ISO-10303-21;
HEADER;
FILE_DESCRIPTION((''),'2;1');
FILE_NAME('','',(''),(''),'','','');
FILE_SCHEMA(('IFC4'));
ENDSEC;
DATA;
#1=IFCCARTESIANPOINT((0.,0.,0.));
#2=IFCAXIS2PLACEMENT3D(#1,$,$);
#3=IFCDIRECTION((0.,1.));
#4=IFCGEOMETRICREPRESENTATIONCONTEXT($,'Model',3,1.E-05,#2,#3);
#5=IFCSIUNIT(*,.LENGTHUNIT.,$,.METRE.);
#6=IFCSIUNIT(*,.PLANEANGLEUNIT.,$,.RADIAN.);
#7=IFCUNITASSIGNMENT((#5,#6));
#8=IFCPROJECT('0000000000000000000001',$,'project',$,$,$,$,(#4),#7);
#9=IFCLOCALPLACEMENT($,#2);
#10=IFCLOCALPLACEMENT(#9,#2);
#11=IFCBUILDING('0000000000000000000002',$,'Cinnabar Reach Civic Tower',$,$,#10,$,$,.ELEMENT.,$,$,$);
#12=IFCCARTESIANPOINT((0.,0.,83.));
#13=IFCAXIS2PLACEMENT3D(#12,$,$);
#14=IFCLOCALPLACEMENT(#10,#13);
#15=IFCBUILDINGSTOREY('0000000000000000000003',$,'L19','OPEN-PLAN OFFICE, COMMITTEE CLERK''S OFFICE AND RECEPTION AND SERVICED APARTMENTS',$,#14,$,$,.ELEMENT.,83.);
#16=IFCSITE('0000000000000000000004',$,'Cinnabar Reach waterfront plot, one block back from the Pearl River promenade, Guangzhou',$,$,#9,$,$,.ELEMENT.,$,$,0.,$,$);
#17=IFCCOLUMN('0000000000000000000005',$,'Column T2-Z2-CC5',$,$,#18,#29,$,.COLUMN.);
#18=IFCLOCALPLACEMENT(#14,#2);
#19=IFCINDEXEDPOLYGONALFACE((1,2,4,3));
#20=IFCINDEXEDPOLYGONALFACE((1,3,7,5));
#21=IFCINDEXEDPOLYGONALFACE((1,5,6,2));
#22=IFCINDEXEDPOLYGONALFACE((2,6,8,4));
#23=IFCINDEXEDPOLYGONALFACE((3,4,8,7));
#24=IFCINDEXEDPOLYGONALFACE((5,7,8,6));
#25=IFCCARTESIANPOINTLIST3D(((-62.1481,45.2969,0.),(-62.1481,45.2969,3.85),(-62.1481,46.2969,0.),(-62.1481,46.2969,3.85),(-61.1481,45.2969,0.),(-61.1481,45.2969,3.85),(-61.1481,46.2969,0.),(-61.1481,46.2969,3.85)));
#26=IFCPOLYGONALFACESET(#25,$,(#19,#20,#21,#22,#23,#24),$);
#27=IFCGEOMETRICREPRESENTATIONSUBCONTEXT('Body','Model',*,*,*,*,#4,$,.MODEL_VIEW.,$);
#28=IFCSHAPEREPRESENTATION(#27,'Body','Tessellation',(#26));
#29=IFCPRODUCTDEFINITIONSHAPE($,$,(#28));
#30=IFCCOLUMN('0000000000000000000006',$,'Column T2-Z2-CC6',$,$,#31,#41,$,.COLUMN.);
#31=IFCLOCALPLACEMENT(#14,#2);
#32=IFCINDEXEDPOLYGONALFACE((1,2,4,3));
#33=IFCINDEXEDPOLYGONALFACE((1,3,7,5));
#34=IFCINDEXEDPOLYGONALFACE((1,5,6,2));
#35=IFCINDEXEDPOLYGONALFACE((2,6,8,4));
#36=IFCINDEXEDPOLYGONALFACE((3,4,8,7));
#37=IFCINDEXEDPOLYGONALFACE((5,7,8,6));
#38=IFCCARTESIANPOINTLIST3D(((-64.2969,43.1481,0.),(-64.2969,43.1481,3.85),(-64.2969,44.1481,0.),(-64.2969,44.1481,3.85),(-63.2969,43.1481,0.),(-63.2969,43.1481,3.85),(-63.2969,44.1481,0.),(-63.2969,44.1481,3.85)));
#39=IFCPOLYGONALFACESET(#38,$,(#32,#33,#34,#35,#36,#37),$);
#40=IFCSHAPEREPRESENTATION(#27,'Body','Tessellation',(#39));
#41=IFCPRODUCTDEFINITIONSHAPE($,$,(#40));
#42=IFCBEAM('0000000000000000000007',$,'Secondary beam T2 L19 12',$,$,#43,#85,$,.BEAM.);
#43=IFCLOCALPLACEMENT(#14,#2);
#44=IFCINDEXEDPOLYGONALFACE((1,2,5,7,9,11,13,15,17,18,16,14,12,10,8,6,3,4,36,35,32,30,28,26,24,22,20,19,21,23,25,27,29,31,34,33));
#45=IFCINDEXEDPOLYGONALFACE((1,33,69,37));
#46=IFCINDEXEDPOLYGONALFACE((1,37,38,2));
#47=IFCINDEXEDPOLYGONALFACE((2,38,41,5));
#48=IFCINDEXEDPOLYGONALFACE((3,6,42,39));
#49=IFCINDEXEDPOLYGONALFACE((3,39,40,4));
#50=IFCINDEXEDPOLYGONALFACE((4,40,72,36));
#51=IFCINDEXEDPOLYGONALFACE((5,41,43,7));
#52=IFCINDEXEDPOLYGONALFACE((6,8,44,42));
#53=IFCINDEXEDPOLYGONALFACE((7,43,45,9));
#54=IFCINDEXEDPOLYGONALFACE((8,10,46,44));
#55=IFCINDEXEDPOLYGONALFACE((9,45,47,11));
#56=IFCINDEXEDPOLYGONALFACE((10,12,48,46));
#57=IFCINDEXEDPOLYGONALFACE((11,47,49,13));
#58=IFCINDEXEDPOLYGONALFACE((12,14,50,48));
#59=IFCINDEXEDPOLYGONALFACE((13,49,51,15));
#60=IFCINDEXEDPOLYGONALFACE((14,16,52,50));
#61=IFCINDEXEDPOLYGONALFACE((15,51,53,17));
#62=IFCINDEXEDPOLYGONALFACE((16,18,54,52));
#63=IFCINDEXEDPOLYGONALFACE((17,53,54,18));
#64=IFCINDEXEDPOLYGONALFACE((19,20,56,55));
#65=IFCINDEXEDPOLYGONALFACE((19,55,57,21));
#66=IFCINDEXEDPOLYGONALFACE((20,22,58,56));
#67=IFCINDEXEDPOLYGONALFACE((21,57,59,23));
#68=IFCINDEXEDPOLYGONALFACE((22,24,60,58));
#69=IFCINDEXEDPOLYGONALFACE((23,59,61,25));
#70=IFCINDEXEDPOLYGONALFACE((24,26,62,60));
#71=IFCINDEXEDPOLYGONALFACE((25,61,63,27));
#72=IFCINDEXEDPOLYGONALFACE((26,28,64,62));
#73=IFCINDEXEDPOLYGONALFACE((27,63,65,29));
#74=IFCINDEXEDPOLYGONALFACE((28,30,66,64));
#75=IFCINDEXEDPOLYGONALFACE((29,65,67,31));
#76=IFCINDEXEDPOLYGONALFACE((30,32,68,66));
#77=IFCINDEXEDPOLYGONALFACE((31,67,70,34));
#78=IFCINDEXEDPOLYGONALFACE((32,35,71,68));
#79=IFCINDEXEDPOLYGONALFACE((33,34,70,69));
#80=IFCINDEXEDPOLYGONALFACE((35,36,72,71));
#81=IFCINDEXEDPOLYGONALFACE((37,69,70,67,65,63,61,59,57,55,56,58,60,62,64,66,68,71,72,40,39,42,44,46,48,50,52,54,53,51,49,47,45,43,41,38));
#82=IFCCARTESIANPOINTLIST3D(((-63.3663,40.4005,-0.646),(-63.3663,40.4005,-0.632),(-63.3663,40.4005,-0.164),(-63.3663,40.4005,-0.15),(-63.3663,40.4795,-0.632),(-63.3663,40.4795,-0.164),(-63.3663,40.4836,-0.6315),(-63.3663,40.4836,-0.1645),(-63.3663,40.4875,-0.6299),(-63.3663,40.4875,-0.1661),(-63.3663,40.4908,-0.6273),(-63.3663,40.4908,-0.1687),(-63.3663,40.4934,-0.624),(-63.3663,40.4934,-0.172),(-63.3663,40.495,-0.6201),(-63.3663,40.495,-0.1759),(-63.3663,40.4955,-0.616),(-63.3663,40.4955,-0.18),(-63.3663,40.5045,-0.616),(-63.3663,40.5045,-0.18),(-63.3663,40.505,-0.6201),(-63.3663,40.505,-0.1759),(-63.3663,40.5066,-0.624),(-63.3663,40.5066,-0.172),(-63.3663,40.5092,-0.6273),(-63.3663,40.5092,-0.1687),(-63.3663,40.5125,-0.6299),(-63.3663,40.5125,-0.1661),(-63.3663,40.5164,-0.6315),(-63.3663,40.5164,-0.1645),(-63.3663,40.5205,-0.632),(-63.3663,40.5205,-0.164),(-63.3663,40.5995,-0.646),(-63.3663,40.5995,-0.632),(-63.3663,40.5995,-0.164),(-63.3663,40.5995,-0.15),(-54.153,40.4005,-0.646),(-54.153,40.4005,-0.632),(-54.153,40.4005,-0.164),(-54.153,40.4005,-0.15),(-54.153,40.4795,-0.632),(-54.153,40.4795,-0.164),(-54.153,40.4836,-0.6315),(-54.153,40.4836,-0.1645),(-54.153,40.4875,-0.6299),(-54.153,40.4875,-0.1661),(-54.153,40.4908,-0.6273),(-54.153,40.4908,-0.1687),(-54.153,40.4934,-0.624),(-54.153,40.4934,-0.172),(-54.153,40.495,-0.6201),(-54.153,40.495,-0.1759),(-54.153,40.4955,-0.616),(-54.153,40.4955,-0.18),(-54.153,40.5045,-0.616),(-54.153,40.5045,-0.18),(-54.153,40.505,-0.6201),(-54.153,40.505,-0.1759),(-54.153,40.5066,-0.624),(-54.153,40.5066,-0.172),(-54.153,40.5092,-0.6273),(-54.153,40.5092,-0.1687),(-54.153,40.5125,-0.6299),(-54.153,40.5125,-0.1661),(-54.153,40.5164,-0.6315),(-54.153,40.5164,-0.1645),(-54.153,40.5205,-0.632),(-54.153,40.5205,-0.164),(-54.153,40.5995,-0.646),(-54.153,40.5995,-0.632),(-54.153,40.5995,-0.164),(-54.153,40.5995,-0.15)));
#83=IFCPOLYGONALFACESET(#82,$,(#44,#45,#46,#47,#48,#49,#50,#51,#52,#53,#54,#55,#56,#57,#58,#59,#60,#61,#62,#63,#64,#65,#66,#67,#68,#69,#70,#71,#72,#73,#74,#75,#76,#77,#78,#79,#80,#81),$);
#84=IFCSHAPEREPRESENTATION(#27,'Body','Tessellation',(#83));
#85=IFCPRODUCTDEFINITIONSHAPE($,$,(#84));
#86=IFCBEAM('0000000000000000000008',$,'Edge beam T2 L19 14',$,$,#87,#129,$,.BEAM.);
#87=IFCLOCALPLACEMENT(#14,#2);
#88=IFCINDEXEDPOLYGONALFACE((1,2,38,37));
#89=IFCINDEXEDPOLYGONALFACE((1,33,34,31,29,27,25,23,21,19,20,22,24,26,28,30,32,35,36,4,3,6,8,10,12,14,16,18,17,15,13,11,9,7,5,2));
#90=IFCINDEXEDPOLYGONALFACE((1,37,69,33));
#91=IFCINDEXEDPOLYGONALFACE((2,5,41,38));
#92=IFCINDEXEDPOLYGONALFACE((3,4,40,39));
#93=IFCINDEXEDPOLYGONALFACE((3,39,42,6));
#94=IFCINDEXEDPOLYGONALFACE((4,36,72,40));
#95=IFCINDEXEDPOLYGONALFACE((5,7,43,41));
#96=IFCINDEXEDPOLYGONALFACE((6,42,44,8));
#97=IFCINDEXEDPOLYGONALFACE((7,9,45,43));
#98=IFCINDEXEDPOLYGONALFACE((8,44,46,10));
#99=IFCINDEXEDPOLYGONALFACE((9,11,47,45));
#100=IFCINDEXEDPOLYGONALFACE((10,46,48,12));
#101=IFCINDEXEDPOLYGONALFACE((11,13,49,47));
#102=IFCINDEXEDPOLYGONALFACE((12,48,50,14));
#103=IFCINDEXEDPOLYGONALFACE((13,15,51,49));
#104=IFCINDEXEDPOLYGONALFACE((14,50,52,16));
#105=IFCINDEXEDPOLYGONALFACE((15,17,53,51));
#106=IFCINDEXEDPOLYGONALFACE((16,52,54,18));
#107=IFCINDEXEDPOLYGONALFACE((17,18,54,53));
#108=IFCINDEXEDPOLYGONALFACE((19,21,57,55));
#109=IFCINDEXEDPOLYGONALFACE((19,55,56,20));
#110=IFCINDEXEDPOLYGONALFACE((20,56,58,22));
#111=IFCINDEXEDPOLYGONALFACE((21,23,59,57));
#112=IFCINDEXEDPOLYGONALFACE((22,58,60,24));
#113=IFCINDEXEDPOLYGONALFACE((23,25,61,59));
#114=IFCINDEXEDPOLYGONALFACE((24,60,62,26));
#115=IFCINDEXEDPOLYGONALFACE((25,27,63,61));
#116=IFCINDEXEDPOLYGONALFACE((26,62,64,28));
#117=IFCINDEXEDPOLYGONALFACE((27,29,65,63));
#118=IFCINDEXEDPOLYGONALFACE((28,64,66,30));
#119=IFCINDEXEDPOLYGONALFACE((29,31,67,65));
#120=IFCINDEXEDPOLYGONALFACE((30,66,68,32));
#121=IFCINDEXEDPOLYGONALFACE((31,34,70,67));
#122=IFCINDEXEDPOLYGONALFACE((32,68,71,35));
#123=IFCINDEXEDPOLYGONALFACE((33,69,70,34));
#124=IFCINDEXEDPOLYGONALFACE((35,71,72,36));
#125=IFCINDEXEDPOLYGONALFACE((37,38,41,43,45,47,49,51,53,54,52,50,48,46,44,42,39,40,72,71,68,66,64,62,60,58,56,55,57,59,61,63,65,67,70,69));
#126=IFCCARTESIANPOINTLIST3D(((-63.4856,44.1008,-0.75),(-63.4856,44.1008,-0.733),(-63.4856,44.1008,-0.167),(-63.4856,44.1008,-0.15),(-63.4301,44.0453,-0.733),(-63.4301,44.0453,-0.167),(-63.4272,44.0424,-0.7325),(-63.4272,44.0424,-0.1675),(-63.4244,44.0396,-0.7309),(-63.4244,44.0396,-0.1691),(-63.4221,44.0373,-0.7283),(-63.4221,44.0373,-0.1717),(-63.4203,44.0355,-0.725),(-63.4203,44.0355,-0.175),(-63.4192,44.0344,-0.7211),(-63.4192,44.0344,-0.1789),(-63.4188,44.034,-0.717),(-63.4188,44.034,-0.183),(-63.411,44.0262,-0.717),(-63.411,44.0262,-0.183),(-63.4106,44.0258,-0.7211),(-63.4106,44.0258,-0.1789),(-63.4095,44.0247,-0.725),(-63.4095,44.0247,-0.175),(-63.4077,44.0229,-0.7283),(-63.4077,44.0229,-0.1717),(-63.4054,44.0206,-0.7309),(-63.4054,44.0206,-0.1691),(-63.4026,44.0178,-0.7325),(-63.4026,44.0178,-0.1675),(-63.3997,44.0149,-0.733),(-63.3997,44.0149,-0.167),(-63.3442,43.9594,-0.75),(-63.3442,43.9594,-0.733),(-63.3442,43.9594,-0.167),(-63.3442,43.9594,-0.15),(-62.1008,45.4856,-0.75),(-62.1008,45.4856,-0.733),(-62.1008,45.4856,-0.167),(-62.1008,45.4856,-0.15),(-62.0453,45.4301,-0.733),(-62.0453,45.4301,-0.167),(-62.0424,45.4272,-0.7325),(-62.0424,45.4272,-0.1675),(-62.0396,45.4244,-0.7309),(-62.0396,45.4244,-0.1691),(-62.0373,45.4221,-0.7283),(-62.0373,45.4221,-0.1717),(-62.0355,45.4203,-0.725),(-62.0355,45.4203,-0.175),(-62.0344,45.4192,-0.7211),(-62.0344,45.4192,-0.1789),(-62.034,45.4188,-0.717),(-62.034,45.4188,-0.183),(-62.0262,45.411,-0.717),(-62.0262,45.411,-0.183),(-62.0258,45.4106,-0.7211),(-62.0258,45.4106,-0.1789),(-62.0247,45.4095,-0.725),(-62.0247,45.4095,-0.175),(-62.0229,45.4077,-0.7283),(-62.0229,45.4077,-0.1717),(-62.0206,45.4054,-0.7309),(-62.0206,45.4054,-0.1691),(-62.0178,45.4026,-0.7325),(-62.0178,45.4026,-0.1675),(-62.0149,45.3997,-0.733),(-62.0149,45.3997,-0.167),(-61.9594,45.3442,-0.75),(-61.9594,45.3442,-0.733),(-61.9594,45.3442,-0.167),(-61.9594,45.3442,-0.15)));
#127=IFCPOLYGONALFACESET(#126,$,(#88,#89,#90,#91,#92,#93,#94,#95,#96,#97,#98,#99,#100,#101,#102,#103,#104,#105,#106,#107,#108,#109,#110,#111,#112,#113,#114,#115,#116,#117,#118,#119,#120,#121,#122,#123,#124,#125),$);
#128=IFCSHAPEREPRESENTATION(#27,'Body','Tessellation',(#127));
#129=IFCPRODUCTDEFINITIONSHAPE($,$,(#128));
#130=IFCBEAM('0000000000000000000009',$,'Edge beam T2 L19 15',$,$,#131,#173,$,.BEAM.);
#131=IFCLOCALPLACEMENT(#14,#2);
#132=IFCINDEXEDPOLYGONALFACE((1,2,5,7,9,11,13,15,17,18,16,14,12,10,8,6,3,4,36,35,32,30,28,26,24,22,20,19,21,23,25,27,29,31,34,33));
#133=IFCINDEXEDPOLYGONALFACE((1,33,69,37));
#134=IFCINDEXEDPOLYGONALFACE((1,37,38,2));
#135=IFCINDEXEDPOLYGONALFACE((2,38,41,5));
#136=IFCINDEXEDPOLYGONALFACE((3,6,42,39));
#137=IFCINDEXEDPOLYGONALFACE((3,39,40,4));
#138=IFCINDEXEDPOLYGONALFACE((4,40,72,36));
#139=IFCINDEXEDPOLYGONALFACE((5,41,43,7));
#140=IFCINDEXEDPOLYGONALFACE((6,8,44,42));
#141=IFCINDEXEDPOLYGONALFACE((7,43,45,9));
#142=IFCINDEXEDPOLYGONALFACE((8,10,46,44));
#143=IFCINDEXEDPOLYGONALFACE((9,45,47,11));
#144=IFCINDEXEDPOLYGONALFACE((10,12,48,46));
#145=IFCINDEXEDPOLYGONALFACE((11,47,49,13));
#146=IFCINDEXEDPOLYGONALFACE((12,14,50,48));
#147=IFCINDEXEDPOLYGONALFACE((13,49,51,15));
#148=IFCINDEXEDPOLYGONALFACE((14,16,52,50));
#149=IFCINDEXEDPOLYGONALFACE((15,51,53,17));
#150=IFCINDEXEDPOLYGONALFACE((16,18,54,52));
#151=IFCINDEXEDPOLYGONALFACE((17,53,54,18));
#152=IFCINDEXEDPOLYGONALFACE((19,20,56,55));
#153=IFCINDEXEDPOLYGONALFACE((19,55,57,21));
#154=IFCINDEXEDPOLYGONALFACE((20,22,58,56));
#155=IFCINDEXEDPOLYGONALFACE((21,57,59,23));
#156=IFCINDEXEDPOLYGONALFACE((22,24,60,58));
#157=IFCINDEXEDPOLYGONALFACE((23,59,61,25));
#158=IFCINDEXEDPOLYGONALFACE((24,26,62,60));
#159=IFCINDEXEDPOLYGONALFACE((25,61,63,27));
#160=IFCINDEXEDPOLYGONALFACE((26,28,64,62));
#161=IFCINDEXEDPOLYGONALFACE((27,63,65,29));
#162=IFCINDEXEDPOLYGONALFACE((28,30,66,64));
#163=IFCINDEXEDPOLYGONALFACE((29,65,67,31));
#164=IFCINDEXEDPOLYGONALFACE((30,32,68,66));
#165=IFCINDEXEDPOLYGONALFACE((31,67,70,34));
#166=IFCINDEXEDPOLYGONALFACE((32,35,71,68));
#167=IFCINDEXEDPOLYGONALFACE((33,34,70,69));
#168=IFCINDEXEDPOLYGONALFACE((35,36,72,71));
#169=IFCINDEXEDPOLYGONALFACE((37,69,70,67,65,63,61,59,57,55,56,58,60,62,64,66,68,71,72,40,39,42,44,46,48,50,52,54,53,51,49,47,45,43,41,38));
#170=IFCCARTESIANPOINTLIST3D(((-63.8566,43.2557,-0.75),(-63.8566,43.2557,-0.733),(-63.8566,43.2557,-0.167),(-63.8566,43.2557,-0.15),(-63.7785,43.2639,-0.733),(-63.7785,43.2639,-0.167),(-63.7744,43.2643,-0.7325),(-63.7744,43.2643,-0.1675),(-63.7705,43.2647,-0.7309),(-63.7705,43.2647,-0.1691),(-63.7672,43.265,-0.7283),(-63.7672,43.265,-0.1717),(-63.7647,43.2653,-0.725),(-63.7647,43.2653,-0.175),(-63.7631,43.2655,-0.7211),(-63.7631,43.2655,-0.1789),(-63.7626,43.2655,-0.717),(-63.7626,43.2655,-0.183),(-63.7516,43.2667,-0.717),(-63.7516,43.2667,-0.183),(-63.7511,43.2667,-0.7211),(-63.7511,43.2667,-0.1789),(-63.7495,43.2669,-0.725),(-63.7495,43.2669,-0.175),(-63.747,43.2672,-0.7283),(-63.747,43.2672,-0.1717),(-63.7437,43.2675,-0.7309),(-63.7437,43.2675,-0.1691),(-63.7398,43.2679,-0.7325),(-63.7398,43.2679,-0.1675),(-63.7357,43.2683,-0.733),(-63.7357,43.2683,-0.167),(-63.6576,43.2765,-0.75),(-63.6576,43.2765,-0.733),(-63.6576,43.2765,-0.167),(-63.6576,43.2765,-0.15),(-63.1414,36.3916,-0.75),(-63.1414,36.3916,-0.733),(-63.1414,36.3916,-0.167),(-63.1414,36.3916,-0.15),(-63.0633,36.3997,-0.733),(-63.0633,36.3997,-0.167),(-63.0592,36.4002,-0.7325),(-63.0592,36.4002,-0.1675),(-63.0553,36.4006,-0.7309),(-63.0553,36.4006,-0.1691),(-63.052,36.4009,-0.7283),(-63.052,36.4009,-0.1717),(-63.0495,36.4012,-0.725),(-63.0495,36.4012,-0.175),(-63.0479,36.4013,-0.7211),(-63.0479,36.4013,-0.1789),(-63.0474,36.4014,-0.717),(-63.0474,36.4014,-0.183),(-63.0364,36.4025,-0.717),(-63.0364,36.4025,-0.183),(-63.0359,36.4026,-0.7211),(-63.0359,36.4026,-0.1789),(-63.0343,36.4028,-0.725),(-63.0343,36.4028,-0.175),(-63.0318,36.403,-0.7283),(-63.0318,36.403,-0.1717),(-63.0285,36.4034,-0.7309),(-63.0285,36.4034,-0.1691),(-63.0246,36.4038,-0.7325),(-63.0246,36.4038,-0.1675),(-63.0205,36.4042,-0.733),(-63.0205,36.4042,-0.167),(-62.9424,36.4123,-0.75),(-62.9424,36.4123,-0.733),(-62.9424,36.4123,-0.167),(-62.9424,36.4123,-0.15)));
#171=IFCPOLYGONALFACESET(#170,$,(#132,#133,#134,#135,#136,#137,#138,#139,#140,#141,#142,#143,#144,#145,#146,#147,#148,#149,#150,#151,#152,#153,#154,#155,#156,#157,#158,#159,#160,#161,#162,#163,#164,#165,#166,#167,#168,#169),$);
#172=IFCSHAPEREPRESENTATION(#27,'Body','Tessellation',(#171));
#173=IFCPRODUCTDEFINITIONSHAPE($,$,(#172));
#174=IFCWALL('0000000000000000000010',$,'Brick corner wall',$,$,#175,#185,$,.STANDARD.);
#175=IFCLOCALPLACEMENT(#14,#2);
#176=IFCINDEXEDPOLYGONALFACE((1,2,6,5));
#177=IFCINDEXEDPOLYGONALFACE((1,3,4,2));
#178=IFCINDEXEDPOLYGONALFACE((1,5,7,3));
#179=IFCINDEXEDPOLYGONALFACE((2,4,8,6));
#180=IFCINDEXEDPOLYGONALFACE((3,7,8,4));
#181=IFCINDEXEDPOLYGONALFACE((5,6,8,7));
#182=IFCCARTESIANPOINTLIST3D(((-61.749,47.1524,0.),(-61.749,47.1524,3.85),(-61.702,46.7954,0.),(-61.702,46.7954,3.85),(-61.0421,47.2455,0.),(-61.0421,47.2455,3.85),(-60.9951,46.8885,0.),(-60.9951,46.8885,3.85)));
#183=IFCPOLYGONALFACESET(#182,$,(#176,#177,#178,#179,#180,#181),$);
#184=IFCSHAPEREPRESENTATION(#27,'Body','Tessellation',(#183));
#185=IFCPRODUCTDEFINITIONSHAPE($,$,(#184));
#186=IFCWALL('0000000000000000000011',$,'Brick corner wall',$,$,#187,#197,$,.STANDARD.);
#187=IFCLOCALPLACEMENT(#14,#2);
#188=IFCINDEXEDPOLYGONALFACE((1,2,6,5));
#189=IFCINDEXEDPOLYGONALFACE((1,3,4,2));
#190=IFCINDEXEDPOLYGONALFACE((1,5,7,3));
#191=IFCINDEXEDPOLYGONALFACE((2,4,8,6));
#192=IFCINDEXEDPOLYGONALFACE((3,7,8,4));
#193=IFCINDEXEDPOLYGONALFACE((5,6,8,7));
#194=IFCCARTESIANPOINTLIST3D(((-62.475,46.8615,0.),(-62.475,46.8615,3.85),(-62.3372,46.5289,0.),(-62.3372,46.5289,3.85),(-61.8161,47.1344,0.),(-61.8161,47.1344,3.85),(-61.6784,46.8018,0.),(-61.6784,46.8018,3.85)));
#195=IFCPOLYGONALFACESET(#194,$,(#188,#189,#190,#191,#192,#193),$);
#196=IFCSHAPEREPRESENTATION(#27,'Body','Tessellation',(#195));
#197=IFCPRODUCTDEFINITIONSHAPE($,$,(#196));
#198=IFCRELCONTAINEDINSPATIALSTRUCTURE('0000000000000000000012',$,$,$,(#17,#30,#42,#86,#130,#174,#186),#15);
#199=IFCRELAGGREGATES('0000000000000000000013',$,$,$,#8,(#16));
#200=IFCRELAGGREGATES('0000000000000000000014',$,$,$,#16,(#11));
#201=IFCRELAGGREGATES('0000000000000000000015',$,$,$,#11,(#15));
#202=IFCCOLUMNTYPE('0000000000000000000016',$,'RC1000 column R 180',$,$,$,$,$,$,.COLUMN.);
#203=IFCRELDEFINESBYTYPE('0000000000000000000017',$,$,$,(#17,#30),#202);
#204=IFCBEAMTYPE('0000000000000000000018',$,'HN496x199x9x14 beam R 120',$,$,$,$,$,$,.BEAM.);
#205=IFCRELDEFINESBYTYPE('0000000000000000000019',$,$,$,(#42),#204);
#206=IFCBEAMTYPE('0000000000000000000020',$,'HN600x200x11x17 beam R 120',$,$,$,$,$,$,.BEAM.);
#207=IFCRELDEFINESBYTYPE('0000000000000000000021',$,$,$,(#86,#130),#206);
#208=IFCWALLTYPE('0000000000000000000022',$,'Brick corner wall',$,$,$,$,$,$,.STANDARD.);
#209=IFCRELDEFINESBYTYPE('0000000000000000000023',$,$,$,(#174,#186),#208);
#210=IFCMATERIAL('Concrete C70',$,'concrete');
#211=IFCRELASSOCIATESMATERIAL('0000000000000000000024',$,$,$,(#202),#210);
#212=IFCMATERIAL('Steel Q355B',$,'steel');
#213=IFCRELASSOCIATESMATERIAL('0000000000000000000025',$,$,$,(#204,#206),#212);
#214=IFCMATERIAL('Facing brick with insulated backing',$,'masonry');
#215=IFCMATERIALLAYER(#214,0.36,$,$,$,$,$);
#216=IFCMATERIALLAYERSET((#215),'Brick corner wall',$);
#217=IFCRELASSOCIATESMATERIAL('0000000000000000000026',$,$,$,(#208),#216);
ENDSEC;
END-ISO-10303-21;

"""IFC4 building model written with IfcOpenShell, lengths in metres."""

from ifc_helpers import new_model, si_unit, direction, frame, frame_2d, origin, origin_2d, place, context, subcontext, project, spatial, rectangle, i_section, extrude, material, layer, layer_set, material_profile, profile_set, type_object, element, save


model = new_model("IFC4")

# Units and contexts
model_context = context("Model", 3, precision=1e-05, world=origin(), true_north=direction((0.0, 1.0)))
body_context = subcontext(model_context, "Body", "Model", "MODEL_VIEW")
ifc_project = project(units=[si_unit("LENGTHUNIT", "METRE"), si_unit("PLANEANGLEUNIT", "RADIAN")], contexts=[model_context])

# Site, building, storey
site_placement = place(None, origin())
site = spatial("IfcSite", under=ifc_project, at=site_placement, Name="Cinnabar Reach waterfront plot, one block back from the Pearl River promenade, Guangzhou", CompositionType="ELEMENT", RefElevation=0.0)
building_placement = place(site_placement, origin())
building = spatial("IfcBuilding", under=site, at=building_placement, Name="Cinnabar Reach Civic Tower", CompositionType="ELEMENT")
storey_placement = place(building_placement, frame((0.0, 0.0, 83.0)))
storey = spatial("IfcBuildingStorey", under=building, at=storey_placement, Name="L19", Description="OPEN-PLAN OFFICE, COMMITTEE CLERK'S OFFICE AND RECEPTION AND SERVICED APARTMENTS", CompositionType="ELEMENT", Elevation=83.0)

# Columns
ifc_material_1 = material(Name="Concrete C70", Category="concrete")
ifc_material_profile_1 = material_profile(ifc_material_1, rectangle(XDim=1.0, YDim=1.0, at=origin_2d()), Name="RC1000")
ifc_profile_set_1 = profile_set([ifc_material_profile_1], Name="Concrete C70")
column_type = type_object("IfcColumnType", Name="RC1000 column R 180", PredefinedType="COLUMN", material=ifc_profile_set_1)
for number, where, z_axis, x_axis, name in (
    (1, (-61.6481, 45.7969, 0.0), (0.0, 0.0, 1.0), (1.0, 0.0, 0.0), "Column T2-Z2-CC5"),
    (2, (-63.7969, 43.6481, 0.0), (0.0, 0.0, 1.0), (1.0, 0.0, 0.0), "Column T2-Z2-CC6"),
):
    element("IfcColumn", number, at=place(storey_placement, frame(where, z_axis=z_axis, x_axis=x_axis)), inside=storey, type_object=column_type, Name=name, PredefinedType="COLUMN", context=body_context, shape_type="SweptSolid", body=[
        extrude(rectangle(XDim=1.0, YDim=1.0, at=origin_2d()), origin(), (0.0, 0.0, 1.0), 3.85),
    ])

# Beams
ifc_material_2 = material(Name="Steel Q355B", Category="steel")
ifc_material_profile_2 = material_profile(ifc_material_2, i_section(OverallWidth=0.199, OverallDepth=0.496, WebThickness=0.009, FlangeThickness=0.014, FilletRadius=0.016, at=origin_2d()), Name="HN496x199x9x14")
ifc_profile_set_2 = profile_set([ifc_material_profile_2], Name="Steel Q355B")
beam_type_1 = type_object("IfcBeamType", Name="HN496x199x9x14 beam R 120", PredefinedType="BEAM", material=ifc_profile_set_2)
beam_1_placement = place(storey_placement, frame((-63.3663, 40.5, -0.398), z_axis=(1.0, 0.0, 0.0), x_axis=(0.0, 1.0, 0.0)))
element("IfcBeam", 3, at=beam_1_placement, inside=storey, type_object=beam_type_1, Name="Secondary beam T2 L19 12", PredefinedType="BEAM", context=body_context, shape_type="SweptSolid", body=[
    extrude(i_section(OverallWidth=0.199, OverallDepth=0.496, WebThickness=0.009, FlangeThickness=0.014, FilletRadius=0.016, at=origin_2d()), origin(), (0.0, 0.0, 1.0), 9.2133),
])
ifc_material_profile_3 = material_profile(ifc_material_2, i_section(OverallWidth=0.2, OverallDepth=0.6, WebThickness=0.011, FlangeThickness=0.017, FilletRadius=0.016, at=origin_2d()), Name="HN600x200x11x17")
ifc_profile_set_3 = profile_set([ifc_material_profile_3], Name="Steel Q355B")
beam_type_2 = type_object("IfcBeamType", Name="HN600x200x11x17 beam R 120", PredefinedType="BEAM", material=ifc_profile_set_3)
beam_2_placement = place(storey_placement, frame((-62.0301, 45.4149, -0.45), z_axis=(-0.707107, -0.707107, 0.0), x_axis=(0.707107, -0.707107, 0.0)))
element("IfcBeam", 4, at=beam_2_placement, inside=storey, type_object=beam_type_2, Name="Edge beam T2 L19 14", PredefinedType="BEAM", context=body_context, shape_type="SweptSolid", body=[
    extrude(i_section(OverallWidth=0.2, OverallDepth=0.6, WebThickness=0.011, FlangeThickness=0.017, FilletRadius=0.016, at=origin_2d()), origin(), (0.0, 0.0, 1.0), 1.9584),
])
beam_3_placement = place(storey_placement, frame((-63.7571, 43.2661, -0.45), z_axis=(0.103633, -0.994616, 0.0), x_axis=(0.994616, 0.103633, 0.0)))
element("IfcBeam", 5, at=beam_3_placement, inside=storey, type_object=beam_type_2, Name="Edge beam T2 L19 15", PredefinedType="BEAM", context=body_context, shape_type="SweptSolid", body=[
    extrude(i_section(OverallWidth=0.2, OverallDepth=0.6, WebThickness=0.011, FlangeThickness=0.017, FilletRadius=0.016, at=origin_2d()), origin(), (0.0, 0.0, 1.0), 6.9013),
])

# Walls
ifc_material_3 = material(Name="Facing brick with insulated backing", Category="masonry")
ifc_layer_1 = layer(ifc_material_3, 0.36)
ifc_layer_set_1 = layer_set([ifc_layer_1], Name="Brick corner wall")
wall_type_1 = type_object("IfcWallType", Name="Brick corner wall", PredefinedType="STANDARD", material=ifc_layer_set_1)
for number, where, z_axis, x_axis, name in (
    (6, (-61.0186, 47.067, 0.0), (0.0, 0.0, 1.0), (-0.991441, -0.130556, 0.0), "Brick corner wall"),
    (7, (-61.7473, 46.9681, 0.0), (0.0, 0.0, 1.0), (-0.923872, -0.382703, 0.0), "Brick corner wall"),
):
    element("IfcWall", number, at=place(storey_placement, frame(where, z_axis=z_axis, x_axis=x_axis)), inside=storey, type_object=wall_type_1, Name=name, PredefinedType="STANDARD", context=body_context, shape_type="SweptSolid", body=[
        extrude(rectangle(XDim=0.7131, YDim=0.36, at=frame_2d((0.3565, 0.0))), origin(), (0.0, 0.0, 1.0), 3.85),
    ])

save(model, "model.ifc")
